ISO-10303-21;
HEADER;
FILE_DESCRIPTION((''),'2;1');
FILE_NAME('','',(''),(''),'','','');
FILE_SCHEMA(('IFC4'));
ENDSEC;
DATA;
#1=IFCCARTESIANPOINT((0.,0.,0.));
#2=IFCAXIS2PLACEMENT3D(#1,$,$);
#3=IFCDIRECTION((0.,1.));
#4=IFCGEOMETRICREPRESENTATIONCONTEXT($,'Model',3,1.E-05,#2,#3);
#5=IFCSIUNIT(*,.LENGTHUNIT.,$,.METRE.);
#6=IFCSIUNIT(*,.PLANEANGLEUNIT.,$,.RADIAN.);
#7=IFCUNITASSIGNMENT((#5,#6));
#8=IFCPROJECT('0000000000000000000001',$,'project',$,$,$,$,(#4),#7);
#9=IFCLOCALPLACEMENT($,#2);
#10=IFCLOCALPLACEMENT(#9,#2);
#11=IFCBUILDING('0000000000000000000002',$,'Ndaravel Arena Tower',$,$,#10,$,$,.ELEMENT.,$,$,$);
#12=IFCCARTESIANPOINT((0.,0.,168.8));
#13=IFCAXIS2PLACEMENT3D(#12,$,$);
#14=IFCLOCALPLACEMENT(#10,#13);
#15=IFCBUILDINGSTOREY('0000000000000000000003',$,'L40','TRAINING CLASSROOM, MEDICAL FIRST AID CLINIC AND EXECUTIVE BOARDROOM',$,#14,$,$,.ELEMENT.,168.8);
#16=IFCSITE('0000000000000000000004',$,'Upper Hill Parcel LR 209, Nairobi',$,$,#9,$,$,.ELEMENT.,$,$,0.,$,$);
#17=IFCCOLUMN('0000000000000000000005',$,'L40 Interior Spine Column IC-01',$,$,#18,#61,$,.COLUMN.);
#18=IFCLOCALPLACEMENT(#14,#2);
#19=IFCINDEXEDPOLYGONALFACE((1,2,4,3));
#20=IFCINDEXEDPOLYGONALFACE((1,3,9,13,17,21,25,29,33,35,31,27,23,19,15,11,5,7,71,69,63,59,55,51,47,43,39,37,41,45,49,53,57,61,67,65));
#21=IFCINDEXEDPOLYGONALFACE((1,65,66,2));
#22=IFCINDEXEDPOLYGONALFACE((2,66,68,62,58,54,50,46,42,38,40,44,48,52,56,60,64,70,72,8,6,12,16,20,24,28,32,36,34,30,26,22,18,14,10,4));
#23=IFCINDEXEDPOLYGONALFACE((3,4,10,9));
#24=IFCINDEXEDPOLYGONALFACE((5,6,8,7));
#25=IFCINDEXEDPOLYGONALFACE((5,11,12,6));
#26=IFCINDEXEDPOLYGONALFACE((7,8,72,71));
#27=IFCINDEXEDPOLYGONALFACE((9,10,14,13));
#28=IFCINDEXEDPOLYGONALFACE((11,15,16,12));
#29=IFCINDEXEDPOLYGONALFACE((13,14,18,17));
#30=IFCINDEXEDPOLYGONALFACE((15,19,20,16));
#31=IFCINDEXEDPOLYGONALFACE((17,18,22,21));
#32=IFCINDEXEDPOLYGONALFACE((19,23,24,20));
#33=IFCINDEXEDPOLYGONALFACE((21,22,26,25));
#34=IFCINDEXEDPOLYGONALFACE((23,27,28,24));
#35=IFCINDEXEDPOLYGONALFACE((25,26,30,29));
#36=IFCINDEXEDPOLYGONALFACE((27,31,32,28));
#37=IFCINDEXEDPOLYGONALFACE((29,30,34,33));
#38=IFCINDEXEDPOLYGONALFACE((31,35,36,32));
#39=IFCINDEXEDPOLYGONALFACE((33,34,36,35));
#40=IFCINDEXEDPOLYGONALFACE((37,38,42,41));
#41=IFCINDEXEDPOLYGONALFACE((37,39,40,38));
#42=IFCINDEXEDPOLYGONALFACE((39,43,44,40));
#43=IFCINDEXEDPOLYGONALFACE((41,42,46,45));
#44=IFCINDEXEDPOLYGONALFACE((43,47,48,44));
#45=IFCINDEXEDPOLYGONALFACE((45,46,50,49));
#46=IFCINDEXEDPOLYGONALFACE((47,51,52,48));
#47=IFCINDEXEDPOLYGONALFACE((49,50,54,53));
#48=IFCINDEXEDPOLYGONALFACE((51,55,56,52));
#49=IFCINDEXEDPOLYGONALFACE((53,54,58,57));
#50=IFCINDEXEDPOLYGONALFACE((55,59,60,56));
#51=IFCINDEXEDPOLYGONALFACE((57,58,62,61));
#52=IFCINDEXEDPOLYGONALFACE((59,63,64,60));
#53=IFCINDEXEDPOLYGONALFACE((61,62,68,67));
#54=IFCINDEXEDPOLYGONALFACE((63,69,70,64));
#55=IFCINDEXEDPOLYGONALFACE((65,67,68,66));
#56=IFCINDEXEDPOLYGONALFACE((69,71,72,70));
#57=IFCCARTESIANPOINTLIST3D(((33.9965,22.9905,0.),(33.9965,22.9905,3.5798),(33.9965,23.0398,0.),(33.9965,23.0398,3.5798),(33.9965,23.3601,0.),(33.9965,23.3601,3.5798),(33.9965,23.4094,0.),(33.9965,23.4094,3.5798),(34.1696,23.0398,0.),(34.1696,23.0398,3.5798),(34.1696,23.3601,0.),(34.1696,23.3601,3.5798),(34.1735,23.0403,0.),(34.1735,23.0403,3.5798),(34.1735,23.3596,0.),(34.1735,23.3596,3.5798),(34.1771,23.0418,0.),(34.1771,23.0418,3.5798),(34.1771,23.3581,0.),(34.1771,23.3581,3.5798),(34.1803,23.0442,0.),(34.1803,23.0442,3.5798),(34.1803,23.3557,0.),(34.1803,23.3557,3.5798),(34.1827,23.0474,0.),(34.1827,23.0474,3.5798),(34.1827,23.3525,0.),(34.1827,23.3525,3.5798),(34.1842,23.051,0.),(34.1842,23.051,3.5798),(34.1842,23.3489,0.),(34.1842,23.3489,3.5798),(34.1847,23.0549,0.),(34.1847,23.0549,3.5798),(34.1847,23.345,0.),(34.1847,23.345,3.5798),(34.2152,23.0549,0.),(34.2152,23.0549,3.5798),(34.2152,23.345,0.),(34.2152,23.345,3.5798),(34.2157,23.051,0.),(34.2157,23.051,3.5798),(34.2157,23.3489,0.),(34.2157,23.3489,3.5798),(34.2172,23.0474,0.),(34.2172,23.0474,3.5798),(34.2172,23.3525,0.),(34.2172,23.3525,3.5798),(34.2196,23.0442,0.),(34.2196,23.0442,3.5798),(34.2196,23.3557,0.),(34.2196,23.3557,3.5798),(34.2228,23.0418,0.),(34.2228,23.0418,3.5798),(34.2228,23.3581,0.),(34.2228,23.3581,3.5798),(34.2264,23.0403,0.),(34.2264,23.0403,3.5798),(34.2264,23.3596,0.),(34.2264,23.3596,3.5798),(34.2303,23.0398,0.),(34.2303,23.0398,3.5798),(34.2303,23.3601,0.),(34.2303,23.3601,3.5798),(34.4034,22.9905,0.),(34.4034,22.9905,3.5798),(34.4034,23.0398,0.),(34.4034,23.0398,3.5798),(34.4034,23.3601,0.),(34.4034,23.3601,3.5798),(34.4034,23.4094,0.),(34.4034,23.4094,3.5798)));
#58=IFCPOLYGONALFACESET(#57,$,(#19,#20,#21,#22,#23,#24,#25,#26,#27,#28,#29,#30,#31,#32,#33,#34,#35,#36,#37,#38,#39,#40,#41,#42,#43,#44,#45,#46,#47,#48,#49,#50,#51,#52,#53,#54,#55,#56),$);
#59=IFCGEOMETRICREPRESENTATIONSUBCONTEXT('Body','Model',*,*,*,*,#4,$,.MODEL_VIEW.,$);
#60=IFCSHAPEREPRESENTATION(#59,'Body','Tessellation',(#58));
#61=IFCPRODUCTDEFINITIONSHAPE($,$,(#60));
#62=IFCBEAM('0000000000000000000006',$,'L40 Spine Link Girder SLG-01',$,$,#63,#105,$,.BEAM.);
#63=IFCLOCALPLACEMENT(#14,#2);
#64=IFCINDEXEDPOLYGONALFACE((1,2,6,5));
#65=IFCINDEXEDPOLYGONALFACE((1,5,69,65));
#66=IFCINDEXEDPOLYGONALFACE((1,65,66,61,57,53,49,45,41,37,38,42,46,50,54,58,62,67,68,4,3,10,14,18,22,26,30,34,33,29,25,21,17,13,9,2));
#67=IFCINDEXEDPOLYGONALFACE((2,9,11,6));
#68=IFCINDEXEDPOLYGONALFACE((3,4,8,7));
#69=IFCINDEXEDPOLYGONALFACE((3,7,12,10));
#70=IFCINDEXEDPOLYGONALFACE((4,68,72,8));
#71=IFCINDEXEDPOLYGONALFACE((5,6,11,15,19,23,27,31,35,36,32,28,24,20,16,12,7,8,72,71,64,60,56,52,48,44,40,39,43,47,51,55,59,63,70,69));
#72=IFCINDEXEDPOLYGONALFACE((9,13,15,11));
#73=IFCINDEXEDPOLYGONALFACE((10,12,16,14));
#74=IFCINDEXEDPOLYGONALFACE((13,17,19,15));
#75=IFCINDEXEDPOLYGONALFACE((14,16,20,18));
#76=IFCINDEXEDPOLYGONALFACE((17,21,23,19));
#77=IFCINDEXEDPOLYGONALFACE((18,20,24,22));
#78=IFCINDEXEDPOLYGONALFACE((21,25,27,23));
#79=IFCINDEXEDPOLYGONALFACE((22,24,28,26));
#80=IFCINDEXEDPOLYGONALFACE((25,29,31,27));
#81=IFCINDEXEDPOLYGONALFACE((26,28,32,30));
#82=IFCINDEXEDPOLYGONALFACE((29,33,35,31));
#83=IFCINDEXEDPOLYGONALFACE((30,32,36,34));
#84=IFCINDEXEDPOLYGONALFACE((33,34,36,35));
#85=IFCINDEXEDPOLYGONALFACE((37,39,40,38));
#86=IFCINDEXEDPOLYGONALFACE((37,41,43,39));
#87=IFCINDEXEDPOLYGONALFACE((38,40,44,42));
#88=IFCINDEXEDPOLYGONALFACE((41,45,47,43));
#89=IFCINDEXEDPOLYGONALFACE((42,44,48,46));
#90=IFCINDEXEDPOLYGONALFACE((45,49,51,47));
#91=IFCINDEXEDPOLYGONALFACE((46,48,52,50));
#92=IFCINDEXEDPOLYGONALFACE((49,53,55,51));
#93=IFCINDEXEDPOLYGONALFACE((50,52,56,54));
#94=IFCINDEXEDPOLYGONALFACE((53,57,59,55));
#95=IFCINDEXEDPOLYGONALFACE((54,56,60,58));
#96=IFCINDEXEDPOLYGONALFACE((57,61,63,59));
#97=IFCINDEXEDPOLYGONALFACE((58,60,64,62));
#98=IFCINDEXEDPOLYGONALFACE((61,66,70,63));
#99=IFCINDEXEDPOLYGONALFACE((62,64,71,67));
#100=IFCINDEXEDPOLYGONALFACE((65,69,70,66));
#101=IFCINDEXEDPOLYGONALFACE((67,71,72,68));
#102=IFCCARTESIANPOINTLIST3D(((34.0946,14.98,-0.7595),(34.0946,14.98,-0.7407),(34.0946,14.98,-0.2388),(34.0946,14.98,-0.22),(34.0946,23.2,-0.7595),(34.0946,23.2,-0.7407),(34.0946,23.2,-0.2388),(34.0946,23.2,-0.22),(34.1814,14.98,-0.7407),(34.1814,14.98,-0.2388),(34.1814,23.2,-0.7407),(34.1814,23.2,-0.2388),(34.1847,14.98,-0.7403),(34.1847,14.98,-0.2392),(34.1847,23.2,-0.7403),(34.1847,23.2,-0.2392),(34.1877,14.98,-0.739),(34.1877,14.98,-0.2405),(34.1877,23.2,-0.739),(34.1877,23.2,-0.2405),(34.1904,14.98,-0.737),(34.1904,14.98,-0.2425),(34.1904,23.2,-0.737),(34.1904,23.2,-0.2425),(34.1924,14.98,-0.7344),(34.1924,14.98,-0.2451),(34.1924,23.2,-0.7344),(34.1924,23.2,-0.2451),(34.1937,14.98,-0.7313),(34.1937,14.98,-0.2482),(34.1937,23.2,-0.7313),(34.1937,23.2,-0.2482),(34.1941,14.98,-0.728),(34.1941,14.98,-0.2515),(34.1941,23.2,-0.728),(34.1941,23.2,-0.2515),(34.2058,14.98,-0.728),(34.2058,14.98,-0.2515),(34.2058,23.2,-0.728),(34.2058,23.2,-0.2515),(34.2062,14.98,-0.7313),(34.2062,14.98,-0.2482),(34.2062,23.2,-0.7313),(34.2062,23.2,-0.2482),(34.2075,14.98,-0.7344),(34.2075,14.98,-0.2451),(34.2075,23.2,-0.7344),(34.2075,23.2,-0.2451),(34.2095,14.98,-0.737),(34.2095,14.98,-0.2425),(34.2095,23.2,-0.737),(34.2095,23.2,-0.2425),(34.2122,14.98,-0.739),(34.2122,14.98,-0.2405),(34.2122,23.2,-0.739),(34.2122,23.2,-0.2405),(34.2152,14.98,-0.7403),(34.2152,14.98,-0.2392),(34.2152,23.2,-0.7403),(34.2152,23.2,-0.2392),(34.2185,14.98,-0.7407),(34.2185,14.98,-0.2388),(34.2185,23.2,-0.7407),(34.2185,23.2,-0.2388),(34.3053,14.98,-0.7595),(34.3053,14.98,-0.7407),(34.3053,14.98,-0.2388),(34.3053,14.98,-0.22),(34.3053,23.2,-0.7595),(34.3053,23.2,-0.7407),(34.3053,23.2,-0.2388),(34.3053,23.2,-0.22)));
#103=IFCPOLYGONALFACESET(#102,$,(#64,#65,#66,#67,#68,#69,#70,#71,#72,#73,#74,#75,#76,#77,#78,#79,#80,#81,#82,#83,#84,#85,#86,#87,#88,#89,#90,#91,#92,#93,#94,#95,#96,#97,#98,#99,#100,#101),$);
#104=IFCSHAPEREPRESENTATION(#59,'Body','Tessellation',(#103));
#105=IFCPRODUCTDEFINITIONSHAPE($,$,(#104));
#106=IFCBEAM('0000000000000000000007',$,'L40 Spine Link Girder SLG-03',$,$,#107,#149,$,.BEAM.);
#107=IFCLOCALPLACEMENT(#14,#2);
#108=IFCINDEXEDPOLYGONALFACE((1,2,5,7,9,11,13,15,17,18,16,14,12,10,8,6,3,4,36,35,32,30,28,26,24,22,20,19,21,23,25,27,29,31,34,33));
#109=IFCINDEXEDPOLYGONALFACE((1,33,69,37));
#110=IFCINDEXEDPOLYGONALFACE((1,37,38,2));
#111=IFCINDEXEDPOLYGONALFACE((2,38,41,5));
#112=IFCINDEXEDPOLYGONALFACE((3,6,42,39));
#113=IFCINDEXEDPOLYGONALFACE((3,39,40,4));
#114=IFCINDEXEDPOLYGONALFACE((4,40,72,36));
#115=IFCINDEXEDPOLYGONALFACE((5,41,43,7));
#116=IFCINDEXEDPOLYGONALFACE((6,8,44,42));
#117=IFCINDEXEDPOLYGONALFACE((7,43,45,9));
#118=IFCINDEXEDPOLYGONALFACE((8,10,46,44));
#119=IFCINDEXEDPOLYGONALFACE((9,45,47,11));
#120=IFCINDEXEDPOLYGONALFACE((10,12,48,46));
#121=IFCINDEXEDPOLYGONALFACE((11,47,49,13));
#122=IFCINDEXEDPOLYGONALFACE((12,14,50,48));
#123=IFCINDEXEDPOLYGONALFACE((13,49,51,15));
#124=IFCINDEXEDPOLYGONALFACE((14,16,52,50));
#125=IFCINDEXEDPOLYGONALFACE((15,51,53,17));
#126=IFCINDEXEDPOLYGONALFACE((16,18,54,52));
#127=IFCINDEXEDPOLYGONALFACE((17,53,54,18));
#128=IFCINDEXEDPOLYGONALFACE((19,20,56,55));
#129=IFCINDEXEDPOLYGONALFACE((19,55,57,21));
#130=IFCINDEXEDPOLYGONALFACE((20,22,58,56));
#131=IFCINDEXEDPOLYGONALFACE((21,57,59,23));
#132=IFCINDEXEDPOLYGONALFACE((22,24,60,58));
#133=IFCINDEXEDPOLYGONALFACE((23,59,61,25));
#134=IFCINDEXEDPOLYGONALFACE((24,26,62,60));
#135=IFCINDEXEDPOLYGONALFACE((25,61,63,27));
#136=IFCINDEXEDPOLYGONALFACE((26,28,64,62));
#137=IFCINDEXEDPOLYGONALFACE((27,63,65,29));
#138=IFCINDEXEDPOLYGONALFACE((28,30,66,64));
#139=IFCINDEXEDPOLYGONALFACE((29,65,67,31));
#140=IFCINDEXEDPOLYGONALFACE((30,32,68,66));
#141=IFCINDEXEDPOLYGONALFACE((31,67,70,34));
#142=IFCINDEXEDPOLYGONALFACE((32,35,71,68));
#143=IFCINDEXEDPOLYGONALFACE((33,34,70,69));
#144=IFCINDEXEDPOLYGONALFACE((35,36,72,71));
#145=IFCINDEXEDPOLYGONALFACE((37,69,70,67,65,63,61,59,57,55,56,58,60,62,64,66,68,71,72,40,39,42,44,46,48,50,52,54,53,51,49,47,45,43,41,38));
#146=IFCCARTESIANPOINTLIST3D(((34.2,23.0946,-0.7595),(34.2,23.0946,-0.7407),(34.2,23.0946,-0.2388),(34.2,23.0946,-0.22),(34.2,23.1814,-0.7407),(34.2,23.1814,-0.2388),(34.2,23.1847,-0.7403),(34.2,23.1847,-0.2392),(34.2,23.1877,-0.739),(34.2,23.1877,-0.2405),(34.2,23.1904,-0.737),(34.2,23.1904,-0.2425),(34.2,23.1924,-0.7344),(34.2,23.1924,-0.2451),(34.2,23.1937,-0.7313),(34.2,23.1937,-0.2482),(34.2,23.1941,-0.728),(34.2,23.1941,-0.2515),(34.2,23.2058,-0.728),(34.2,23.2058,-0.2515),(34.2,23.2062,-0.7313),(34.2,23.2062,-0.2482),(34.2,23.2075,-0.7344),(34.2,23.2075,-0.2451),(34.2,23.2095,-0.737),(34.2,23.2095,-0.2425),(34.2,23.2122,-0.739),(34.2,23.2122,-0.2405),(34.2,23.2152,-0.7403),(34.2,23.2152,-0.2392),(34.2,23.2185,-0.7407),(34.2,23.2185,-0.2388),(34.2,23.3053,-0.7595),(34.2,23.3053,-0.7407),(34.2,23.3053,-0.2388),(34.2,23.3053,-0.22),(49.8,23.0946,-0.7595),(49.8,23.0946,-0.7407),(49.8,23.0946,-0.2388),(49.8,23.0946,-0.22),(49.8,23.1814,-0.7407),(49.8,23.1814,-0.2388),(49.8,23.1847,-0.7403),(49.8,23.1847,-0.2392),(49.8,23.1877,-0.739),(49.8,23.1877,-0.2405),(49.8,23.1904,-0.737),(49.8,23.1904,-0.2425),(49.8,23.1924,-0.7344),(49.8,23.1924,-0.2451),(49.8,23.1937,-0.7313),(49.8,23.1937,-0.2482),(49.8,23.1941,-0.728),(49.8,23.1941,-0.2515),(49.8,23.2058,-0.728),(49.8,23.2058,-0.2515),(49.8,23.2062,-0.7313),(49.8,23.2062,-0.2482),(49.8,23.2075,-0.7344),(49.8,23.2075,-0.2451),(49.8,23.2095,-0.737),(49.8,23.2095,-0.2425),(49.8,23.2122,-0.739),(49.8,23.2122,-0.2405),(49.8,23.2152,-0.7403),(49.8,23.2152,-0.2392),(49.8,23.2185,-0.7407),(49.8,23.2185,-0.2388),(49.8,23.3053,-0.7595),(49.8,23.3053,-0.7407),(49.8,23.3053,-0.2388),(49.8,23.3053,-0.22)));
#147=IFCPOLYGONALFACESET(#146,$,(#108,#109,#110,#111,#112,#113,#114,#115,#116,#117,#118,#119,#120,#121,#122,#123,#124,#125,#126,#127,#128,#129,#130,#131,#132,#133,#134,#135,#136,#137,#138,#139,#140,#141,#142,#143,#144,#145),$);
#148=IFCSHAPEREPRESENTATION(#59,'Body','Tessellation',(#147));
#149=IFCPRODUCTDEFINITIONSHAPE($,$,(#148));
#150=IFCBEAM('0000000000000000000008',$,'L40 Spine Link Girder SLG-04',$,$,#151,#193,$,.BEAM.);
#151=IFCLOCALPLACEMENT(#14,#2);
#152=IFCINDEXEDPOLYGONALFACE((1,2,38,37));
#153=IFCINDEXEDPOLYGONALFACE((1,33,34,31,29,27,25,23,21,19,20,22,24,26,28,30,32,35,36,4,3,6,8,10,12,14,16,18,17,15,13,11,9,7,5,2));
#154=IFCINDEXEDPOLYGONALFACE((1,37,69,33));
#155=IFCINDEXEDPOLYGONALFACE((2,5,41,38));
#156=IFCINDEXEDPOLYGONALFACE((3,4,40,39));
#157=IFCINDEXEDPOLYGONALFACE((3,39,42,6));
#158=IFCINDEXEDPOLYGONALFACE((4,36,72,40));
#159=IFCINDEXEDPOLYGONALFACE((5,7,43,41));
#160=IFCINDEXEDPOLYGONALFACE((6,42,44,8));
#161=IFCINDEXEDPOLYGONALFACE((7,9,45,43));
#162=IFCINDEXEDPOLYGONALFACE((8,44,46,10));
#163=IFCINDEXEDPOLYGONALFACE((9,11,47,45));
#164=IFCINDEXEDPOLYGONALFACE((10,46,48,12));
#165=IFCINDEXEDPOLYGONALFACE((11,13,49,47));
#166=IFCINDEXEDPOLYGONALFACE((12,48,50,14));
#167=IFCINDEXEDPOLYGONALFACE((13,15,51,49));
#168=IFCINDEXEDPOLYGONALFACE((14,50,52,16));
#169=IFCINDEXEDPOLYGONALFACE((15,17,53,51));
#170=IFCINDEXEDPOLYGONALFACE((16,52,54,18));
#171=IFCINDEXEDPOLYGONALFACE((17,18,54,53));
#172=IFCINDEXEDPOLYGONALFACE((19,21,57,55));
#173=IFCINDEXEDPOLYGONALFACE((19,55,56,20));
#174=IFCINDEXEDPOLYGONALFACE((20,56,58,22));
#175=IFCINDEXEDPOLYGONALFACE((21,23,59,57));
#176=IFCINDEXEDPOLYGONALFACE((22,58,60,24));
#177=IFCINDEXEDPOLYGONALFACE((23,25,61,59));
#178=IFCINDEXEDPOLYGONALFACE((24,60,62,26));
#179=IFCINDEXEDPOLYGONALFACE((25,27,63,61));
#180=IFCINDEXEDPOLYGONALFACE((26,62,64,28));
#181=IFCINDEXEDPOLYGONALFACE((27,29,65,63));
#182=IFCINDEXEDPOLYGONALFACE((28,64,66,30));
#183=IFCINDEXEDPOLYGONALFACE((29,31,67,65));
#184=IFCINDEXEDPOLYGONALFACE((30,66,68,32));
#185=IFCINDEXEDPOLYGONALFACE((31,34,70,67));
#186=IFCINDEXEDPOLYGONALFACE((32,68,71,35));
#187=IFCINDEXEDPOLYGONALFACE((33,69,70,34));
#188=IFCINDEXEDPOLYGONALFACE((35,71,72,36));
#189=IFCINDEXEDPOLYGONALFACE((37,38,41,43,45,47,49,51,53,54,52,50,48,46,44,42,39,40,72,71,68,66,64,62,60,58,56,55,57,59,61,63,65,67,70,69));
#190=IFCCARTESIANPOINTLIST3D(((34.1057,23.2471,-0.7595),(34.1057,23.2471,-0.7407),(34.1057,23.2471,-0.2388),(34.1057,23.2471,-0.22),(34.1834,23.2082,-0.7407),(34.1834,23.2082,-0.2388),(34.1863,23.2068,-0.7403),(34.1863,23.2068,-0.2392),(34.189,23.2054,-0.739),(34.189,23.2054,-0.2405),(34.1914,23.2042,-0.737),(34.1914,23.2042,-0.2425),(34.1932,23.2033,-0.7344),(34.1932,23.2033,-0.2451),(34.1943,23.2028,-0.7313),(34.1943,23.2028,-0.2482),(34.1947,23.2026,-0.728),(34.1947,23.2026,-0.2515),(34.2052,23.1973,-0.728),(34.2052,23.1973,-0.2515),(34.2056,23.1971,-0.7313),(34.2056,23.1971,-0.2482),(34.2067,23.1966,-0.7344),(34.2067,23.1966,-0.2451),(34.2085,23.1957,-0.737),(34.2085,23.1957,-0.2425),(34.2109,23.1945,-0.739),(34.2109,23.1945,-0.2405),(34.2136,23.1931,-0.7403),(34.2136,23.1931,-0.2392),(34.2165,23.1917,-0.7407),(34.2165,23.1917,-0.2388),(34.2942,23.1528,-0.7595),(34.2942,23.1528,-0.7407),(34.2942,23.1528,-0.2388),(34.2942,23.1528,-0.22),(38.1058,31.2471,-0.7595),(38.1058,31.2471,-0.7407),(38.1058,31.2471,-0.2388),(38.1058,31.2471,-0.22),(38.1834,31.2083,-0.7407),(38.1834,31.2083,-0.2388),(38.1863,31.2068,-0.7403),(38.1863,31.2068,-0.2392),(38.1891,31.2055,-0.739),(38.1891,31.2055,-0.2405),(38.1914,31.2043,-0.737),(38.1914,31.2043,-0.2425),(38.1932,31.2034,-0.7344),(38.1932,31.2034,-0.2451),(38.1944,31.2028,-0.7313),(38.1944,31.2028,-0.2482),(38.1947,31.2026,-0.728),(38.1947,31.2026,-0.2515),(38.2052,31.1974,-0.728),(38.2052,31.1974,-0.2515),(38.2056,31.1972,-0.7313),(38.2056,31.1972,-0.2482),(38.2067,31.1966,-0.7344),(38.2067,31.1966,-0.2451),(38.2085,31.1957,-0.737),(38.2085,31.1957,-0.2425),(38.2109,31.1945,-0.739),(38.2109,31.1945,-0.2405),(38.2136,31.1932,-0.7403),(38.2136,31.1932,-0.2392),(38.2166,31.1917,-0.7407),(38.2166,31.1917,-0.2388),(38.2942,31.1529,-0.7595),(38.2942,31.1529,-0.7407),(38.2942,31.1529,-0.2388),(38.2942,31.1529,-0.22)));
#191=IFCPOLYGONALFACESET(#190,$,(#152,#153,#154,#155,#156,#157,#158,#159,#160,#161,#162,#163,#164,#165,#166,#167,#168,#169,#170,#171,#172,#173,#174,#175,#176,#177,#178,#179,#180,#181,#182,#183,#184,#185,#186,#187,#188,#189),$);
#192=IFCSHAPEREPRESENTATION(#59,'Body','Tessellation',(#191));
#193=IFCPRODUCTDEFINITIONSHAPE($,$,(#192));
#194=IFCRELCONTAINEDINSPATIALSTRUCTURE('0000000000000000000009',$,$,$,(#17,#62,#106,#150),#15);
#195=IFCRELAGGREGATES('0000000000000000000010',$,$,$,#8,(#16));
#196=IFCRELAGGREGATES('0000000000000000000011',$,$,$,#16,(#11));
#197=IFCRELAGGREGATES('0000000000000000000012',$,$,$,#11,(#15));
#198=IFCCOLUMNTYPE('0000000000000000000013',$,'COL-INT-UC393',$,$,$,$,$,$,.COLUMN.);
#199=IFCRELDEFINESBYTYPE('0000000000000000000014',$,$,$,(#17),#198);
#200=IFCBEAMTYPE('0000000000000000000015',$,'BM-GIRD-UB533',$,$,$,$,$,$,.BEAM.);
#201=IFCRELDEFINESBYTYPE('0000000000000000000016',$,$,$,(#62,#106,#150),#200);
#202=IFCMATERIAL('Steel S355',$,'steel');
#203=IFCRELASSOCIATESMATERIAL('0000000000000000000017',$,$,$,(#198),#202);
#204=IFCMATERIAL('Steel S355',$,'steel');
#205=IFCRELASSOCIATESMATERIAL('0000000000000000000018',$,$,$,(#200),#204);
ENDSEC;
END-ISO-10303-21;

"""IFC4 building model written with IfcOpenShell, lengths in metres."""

from ifc_helpers import new_model, si_unit, direction, frame, origin, origin_2d, place, context, subcontext, project, spatial, i_section, extrude, material, material_profile, profile_set, type_object, element, save


model = new_model("IFC4")

# Units and contexts
model_context = context("Model", 3, precision=1e-05, world=origin(), true_north=direction((0.0, 1.0)))
body_context = subcontext(model_context, "Body", "Model", "MODEL_VIEW")
ifc_project = project(units=[si_unit("LENGTHUNIT", "METRE"), si_unit("PLANEANGLEUNIT", "RADIAN")], contexts=[model_context])

# Site, building, storey
site_placement = place(None, origin())
site = spatial("IfcSite", under=ifc_project, at=site_placement, Name="Upper Hill Parcel LR 209, Nairobi", CompositionType="ELEMENT", RefElevation=0.0)
building_placement = place(site_placement, origin())
building = spatial("IfcBuilding", under=site, at=building_placement, Name="Ndaravel Arena Tower", CompositionType="ELEMENT")
storey_placement = place(building_placement, frame((0.0, 0.0, 168.8)))
storey = spatial("IfcBuildingStorey", under=building, at=storey_placement, Name="L40", Description="TRAINING CLASSROOM, MEDICAL FIRST AID CLINIC AND EXECUTIVE BOARDROOM", CompositionType="ELEMENT", Elevation=168.8)

# Column
ifc_material_1 = material(Name="Steel S355", Category="steel")
ifc_material_profile_1 = material_profile(ifc_material_1, i_section(OverallWidth=0.407, OverallDepth=0.4189, WebThickness=0.0305, FlangeThickness=0.0493, FilletRadius=0.0151, at=origin_2d()), Name="UC 356x406x393")
ifc_profile_set_1 = profile_set([ifc_material_profile_1], Name="Steel S355")
column_type = type_object("IfcColumnType", Name="COL-INT-UC393", PredefinedType="COLUMN", material=ifc_profile_set_1)
column_placement = place(storey_placement, frame((34.2, 23.2, 0.0), z_axis=(0.0, 0.0, 1.0), x_axis=(1.0, 0.0, 0.0)))
element("IfcColumn", 1, at=column_placement, inside=storey, type_object=column_type, Name="L40 Interior Spine Column IC-01", PredefinedType="COLUMN", context=body_context, shape_type="SweptSolid", body=[
    extrude(i_section(OverallWidth=0.407, OverallDepth=0.4189, WebThickness=0.0305, FlangeThickness=0.0493, FilletRadius=0.0151, at=origin_2d()), origin(), (0.0, 0.0, 1.0), 3.5798),
])

# Beams
ifc_material_2 = material(Name="Steel S355", Category="steel")
ifc_material_profile_2 = material_profile(ifc_material_2, i_section(OverallWidth=0.2107, OverallDepth=0.5396, WebThickness=0.0117, FlangeThickness=0.0188, FilletRadius=0.0127, at=origin_2d()), Name="UB 533x210x109")
ifc_profile_set_2 = profile_set([ifc_material_profile_2], Name="Steel S355")
beam_type = type_object("IfcBeamType", Name="BM-GIRD-UB533", PredefinedType="BEAM", material=ifc_profile_set_2)
beam_1_placement = place(storey_placement, frame((34.2, 14.98, -0.4897), z_axis=(0.0, 1.0, 0.0), x_axis=(-1.0, 0.0, 0.0)))
element("IfcBeam", 2, at=beam_1_placement, inside=storey, type_object=beam_type, Name="L40 Spine Link Girder SLG-01", PredefinedType="BEAM", context=body_context, shape_type="SweptSolid", body=[
    extrude(i_section(OverallWidth=0.2107, OverallDepth=0.5396, WebThickness=0.0117, FlangeThickness=0.0188, FilletRadius=0.0127, at=origin_2d()), origin(), (0.0, 0.0, 1.0), 8.22),
])
beam_2_placement = place(storey_placement, frame((34.2, 23.2, -0.4897), z_axis=(1.0, 0.0, 0.0), x_axis=(0.0, 1.0, 0.0)))
element("IfcBeam", 3, at=beam_2_placement, inside=storey, type_object=beam_type, Name="L40 Spine Link Girder SLG-03", PredefinedType="BEAM", context=body_context, shape_type="SweptSolid", body=[
    extrude(i_section(OverallWidth=0.2107, OverallDepth=0.5396, WebThickness=0.0117, FlangeThickness=0.0188, FilletRadius=0.0127, at=origin_2d()), origin(), (0.0, 0.0, 1.0), 15.6001),
])
beam_3_placement = place(storey_placement, frame((34.2, 23.2, -0.4897), z_axis=(0.447214, 0.894427, 0.0), x_axis=(-0.894427, 0.447214, 0.0)))
element("IfcBeam", 4, at=beam_3_placement, inside=storey, type_object=beam_type, Name="L40 Spine Link Girder SLG-04", PredefinedType="BEAM", context=body_context, shape_type="SweptSolid", body=[
    extrude(i_section(OverallWidth=0.2107, OverallDepth=0.5396, WebThickness=0.0117, FlangeThickness=0.0188, FilletRadius=0.0127, at=origin_2d()), origin(), (0.0, 0.0, 1.0), 8.9443),
])

save(model, "model.ifc")
